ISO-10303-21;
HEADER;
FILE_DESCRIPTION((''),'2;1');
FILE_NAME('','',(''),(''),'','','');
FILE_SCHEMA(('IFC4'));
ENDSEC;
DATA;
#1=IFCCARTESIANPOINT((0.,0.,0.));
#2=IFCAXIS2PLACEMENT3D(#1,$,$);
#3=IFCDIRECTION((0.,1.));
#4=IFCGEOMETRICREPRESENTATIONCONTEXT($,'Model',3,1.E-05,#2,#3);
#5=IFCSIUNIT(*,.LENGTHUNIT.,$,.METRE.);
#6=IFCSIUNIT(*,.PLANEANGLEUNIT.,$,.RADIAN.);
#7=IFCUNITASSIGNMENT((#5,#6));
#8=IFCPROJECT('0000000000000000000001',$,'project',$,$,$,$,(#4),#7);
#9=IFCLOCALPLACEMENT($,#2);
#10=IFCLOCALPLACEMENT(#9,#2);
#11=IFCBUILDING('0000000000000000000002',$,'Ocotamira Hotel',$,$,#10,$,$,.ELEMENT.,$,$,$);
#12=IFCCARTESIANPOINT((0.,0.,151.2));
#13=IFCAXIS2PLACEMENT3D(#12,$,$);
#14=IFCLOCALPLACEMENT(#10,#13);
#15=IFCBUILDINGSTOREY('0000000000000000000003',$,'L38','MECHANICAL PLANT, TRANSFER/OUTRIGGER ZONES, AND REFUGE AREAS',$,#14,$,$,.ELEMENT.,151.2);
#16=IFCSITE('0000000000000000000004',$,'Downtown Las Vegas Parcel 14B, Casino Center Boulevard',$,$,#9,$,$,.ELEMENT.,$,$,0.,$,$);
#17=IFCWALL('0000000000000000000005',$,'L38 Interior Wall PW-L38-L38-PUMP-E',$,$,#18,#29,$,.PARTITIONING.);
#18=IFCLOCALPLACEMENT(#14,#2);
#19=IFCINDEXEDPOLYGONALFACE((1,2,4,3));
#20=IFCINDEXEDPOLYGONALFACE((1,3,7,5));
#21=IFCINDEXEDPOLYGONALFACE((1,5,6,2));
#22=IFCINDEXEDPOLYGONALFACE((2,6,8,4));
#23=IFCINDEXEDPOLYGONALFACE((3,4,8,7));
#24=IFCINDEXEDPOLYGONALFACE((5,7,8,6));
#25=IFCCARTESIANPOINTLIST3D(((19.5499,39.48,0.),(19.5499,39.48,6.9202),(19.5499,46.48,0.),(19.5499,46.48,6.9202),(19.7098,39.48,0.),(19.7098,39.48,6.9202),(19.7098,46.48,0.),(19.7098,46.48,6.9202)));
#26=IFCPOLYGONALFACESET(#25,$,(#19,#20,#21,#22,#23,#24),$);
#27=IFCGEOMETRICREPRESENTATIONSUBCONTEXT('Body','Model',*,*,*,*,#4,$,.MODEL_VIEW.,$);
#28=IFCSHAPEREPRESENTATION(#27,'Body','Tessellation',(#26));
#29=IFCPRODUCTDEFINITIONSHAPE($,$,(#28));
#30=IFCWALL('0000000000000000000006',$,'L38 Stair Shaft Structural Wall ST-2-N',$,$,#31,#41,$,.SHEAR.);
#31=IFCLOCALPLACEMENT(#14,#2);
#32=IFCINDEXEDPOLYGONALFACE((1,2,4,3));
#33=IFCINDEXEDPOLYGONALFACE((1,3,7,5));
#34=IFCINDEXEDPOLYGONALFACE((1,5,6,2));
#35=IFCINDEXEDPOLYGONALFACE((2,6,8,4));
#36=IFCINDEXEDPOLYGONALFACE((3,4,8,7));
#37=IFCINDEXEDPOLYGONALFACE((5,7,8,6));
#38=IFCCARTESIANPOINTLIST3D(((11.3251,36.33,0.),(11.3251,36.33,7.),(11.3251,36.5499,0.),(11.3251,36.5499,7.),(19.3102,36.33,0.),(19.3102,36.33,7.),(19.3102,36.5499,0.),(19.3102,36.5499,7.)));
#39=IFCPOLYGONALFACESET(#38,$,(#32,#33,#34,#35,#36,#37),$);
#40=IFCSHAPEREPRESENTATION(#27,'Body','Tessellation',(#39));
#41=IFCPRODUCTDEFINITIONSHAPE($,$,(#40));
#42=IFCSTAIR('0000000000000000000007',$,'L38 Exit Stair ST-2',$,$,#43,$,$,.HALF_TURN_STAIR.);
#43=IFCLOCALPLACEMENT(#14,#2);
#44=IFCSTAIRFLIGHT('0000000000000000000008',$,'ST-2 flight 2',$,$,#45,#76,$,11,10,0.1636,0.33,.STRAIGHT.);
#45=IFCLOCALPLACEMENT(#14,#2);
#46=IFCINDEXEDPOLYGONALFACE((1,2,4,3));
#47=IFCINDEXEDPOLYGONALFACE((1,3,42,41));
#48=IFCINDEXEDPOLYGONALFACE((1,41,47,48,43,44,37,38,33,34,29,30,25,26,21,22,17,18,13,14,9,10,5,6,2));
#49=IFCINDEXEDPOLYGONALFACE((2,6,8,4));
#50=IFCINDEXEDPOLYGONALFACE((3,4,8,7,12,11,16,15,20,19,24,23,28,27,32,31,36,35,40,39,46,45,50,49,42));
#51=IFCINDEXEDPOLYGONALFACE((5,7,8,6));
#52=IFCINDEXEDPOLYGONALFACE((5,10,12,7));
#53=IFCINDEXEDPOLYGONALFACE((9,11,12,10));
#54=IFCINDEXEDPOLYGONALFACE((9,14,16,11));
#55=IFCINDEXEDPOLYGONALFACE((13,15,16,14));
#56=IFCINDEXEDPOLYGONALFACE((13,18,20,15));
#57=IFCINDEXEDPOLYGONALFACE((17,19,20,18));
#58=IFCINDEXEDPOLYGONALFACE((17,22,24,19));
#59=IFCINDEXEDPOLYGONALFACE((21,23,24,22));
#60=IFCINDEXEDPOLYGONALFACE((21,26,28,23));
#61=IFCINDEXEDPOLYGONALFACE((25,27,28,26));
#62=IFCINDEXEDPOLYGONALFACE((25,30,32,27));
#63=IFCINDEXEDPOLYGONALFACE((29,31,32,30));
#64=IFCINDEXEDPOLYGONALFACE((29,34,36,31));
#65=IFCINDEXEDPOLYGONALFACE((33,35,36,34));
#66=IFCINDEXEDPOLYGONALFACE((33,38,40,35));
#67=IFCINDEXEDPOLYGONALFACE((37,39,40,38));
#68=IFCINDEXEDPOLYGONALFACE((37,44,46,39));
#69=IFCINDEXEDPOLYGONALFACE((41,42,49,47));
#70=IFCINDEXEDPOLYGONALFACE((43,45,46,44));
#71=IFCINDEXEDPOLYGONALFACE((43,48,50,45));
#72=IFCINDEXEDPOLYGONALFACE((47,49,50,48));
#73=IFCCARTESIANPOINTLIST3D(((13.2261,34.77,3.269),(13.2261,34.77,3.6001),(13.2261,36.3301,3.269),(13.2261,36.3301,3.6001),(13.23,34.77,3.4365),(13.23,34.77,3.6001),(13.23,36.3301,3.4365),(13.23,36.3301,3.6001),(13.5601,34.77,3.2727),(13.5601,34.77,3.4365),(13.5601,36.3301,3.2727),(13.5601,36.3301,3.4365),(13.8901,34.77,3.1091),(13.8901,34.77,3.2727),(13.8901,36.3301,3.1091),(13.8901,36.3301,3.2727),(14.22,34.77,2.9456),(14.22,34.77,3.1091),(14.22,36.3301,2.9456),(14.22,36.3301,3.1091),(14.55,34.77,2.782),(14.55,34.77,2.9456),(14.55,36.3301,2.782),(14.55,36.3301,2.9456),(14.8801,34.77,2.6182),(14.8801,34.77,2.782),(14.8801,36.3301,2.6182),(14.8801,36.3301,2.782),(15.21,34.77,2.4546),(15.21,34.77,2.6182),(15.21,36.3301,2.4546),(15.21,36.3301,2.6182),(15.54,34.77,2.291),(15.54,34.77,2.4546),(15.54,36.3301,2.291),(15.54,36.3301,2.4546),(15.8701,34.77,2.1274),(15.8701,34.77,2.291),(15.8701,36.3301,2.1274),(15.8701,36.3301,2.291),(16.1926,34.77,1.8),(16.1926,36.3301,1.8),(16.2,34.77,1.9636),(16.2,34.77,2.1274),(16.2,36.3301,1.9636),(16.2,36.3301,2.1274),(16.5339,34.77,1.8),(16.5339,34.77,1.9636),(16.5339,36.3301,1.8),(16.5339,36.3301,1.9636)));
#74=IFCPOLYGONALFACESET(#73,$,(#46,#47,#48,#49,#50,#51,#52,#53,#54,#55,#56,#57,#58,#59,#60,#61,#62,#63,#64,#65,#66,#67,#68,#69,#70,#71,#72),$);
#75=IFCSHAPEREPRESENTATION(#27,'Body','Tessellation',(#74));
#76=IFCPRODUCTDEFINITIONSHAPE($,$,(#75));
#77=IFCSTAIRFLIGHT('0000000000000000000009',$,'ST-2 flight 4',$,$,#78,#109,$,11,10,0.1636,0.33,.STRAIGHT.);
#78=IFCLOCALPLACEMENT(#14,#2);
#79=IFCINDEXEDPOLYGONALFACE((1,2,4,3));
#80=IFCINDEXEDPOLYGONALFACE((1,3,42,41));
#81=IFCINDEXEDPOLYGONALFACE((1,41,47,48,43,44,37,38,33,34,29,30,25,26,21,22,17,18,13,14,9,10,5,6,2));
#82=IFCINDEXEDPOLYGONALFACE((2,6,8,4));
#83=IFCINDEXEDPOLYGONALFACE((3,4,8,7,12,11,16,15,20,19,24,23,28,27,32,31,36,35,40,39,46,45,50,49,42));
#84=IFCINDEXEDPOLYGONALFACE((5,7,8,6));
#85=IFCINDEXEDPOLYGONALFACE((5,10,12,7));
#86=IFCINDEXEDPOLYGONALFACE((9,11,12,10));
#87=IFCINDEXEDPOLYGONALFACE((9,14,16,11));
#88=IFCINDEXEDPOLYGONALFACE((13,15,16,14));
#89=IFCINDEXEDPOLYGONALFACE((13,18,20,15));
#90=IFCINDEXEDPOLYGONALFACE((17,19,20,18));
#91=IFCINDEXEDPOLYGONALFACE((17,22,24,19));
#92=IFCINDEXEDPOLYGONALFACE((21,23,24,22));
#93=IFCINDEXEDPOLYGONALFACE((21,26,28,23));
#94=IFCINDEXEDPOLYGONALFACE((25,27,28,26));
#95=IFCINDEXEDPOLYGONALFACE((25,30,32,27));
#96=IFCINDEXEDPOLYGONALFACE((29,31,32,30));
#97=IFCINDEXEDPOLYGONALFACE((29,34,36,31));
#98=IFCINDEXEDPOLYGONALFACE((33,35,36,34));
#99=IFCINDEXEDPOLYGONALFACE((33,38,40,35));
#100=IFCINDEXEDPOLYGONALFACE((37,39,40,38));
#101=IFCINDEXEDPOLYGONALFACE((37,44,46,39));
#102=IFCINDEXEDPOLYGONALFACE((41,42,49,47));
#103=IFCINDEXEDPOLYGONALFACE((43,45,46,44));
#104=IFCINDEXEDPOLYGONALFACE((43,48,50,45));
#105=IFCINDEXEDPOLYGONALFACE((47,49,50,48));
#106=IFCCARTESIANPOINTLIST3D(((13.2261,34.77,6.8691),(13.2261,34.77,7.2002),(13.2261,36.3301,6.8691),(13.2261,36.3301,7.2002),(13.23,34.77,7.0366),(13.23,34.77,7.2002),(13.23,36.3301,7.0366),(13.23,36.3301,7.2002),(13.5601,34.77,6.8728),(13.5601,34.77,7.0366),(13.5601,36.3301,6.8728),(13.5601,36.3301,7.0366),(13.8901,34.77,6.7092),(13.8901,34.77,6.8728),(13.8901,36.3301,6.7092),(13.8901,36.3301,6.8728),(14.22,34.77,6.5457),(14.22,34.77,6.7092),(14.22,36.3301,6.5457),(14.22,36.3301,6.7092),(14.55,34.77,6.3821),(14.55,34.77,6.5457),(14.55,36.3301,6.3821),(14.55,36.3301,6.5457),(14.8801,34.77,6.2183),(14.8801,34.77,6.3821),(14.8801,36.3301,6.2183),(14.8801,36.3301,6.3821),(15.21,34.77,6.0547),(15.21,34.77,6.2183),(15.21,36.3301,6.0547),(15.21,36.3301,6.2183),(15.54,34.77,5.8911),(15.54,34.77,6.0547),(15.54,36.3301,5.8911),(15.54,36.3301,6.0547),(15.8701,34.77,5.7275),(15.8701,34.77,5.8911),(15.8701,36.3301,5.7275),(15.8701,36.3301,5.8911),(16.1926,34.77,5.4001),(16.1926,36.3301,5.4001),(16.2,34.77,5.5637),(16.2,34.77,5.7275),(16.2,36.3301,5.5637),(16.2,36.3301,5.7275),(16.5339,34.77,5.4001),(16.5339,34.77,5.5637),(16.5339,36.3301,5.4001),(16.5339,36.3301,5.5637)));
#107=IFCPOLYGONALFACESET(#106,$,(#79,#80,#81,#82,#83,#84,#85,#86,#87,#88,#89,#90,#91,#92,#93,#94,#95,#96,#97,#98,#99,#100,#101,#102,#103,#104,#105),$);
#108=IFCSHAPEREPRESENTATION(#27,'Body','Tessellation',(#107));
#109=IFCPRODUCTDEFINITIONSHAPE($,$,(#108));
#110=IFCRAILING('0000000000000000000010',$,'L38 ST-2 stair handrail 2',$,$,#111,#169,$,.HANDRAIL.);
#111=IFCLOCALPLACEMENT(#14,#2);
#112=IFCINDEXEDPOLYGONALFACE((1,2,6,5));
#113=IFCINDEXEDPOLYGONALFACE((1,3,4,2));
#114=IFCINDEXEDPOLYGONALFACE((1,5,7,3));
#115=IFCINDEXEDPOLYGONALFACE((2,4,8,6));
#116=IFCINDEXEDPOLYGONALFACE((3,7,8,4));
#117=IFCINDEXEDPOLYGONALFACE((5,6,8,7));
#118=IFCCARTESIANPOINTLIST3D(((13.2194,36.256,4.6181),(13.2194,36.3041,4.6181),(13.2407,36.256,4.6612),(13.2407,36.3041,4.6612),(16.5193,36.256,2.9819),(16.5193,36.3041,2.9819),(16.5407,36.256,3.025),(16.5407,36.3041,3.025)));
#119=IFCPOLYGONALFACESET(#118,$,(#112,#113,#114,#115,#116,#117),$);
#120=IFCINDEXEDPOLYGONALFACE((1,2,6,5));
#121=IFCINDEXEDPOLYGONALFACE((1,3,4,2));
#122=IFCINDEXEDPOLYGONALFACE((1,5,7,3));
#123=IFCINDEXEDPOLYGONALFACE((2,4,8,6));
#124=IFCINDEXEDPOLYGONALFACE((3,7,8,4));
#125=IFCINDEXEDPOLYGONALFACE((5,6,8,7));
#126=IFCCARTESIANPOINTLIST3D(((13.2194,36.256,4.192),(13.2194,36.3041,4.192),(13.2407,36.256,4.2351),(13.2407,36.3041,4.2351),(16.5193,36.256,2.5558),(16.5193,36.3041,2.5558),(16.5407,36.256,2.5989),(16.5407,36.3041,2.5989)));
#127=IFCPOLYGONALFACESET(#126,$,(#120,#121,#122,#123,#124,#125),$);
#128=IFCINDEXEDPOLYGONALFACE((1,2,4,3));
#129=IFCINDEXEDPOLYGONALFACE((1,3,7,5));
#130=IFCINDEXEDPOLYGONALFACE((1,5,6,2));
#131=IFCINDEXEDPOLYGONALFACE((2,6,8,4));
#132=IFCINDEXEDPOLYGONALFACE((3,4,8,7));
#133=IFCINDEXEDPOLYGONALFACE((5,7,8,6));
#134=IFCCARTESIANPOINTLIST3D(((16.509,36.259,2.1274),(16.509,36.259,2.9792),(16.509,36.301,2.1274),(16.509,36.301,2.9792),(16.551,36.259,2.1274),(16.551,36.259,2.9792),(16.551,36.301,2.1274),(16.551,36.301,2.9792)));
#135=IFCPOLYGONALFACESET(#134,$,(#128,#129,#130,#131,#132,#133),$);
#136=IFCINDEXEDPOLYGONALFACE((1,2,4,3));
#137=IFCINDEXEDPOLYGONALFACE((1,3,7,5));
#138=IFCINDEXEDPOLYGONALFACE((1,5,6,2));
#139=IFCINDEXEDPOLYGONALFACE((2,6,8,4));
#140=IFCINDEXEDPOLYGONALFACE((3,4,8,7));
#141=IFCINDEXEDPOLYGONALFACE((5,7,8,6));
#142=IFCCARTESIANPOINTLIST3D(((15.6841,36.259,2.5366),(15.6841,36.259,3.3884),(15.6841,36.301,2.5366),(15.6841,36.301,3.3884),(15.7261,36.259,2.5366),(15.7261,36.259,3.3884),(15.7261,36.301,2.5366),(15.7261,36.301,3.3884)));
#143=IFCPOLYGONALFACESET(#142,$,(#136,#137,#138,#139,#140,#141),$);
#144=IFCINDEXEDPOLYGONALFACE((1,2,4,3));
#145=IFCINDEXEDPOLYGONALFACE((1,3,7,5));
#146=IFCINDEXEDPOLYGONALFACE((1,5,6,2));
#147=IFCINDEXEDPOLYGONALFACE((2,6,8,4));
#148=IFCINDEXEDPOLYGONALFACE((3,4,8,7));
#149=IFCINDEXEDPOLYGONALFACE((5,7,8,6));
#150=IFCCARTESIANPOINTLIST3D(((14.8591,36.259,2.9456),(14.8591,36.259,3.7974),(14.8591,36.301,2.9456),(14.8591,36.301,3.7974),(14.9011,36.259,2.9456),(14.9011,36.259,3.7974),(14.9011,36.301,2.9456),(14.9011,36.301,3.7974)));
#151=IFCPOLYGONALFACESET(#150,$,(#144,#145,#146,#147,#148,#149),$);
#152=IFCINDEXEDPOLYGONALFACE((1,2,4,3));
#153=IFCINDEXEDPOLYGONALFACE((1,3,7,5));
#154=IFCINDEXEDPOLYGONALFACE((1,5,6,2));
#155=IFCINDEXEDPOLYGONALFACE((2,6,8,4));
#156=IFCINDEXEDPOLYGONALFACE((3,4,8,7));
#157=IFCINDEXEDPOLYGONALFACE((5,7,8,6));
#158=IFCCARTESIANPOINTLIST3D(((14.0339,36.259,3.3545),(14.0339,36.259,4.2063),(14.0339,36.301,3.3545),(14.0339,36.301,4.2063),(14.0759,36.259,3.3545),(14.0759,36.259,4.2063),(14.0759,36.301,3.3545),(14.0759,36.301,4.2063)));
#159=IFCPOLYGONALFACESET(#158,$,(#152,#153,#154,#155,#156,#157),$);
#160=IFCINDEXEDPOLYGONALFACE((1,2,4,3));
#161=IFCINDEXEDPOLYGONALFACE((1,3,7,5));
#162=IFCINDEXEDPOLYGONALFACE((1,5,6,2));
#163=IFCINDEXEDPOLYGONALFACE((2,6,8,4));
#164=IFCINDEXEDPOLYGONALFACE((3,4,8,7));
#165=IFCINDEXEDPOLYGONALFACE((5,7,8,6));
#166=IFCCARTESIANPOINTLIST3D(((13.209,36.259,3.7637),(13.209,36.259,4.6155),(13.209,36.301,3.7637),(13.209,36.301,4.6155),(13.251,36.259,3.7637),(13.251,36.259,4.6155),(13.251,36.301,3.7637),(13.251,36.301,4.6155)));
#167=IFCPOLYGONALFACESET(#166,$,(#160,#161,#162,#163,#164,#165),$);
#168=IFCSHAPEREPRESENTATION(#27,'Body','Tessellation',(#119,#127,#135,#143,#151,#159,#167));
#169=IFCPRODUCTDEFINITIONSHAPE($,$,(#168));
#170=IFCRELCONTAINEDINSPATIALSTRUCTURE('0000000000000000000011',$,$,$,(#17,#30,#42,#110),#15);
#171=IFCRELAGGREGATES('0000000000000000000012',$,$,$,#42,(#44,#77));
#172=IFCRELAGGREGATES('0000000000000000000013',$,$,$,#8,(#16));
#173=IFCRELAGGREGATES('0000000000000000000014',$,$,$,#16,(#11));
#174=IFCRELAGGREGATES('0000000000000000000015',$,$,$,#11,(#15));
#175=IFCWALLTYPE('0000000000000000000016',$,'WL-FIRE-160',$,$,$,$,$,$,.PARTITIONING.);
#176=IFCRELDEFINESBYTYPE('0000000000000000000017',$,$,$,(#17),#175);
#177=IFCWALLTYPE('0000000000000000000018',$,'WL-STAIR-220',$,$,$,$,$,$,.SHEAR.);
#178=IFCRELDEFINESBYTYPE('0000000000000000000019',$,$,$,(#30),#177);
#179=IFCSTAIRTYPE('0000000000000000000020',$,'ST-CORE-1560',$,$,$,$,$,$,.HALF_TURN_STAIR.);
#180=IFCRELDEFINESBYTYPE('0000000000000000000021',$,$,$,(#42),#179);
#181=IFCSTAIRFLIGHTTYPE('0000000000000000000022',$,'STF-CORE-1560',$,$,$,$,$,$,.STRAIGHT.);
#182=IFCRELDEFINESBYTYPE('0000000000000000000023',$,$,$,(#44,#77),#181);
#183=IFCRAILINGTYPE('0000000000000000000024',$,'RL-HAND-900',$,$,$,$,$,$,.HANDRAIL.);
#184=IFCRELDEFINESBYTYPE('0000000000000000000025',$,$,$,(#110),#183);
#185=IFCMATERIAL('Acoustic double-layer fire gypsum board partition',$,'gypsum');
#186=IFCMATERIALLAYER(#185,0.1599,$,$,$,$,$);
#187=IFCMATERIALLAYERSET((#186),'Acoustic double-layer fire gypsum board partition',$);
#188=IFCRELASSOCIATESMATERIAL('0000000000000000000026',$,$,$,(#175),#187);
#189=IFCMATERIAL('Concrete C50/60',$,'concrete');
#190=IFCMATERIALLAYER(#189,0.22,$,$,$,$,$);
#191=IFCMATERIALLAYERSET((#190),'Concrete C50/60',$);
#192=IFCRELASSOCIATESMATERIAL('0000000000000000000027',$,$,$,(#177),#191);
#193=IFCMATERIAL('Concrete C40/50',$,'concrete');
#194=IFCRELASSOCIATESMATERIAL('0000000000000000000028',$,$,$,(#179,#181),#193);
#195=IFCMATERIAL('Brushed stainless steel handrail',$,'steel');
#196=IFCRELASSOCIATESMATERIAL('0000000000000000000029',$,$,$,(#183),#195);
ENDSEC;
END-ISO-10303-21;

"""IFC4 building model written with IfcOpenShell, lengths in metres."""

from ifc_helpers import new_model, si_unit, direction, frame, frame_2d, origin, origin_2d, place, context, subcontext, project, spatial, polyline, rectangle, outline, extrude, source, transform, mapped, material, layer, layer_set, type_object, element, aggregate, save


model = new_model("IFC4")

# Units and contexts
model_context = context("Model", 3, precision=1e-05, world=origin(), true_north=direction((0.0, 1.0)))
body_context = subcontext(model_context, "Body", "Model", "MODEL_VIEW")
ifc_project = project(units=[si_unit("LENGTHUNIT", "METRE"), si_unit("PLANEANGLEUNIT", "RADIAN")], contexts=[model_context])

# Site, building, storey
site_placement = place(None, origin())
site = spatial("IfcSite", under=ifc_project, at=site_placement, Name="Downtown Las Vegas Parcel 14B, Casino Center Boulevard", CompositionType="ELEMENT", RefElevation=0.0)
building_placement = place(site_placement, origin())
building = spatial("IfcBuilding", under=site, at=building_placement, Name="Ocotamira Hotel", CompositionType="ELEMENT")
storey_placement = place(building_placement, frame((0.0, 0.0, 151.2)))
storey = spatial("IfcBuildingStorey", under=building, at=storey_placement, Name="L38", Description="MECHANICAL PLANT, TRANSFER/OUTRIGGER ZONES, AND REFUGE AREAS", CompositionType="ELEMENT", Elevation=151.2)

# Shared definitions
ifc_material_1 = material(Name="Acoustic double-layer fire gypsum board partition", Category="gypsum")
ifc_layer_1 = layer(ifc_material_1, 0.1599)
ifc_layer_set_1 = layer_set([ifc_layer_1], Name="Acoustic double-layer fire gypsum board partition")
wall_type_1 = type_object("IfcWallType", Name="WL-FIRE-160", PredefinedType="PARTITIONING", material=ifc_layer_set_1)

# Walls
for number, where, z_axis, x_axis, name in (
    (1, (19.6299, 39.48, 0.0), (0.0, 0.0, 1.0), (0.0, 1.0, 0.0), "L38 Interior Wall PW-L38-L38-PUMP-E"),
):
    element("IfcWall", number, at=place(storey_placement, frame(where, z_axis=z_axis, x_axis=x_axis)), inside=storey, type_object=wall_type_1, Name=name, PredefinedType="PARTITIONING", context=body_context, shape_type="SweptSolid", body=[
        extrude(rectangle(XDim=7.0, YDim=0.1599, at=frame_2d((3.5, 0.0))), origin(), (0.0, 0.0, 1.0), 6.9202),
    ])
ifc_material_2 = material(Name="Concrete C50/60", Category="concrete")
ifc_layer_2 = layer(ifc_material_2, 0.22)
ifc_layer_set_2 = layer_set([ifc_layer_2], Name="Concrete C50/60")
wall_type_2 = type_object("IfcWallType", Name="WL-STAIR-220", PredefinedType="SHEAR", material=ifc_layer_set_2)
wall_1_placement = place(storey_placement, frame((11.325, 36.4399, 0.0), z_axis=(0.0, 0.0, 1.0), x_axis=(1.0, 0.0, 0.0)))
element("IfcWall", 2, at=wall_1_placement, inside=storey, type_object=wall_type_2, Name="L38 Stair Shaft Structural Wall ST-2-N", PredefinedType="SHEAR", context=body_context, shape_type="SweptSolid", body=[
    extrude(rectangle(XDim=7.9851, YDim=0.22, at=frame_2d((3.9927, 0.0))), origin(), (0.0, 0.0, 1.0), 7.0),
])

# Stair, stair flights
ifc_material_3 = material(Name="Concrete C40/50", Category="concrete")
stair_type = type_object("IfcStairType", Name="ST-CORE-1560", PredefinedType="HALF_TURN_STAIR", material=ifc_material_3)
stair_placement = place(storey_placement, origin())
stair = element("IfcStair", 3, at=stair_placement, inside=storey, type_object=stair_type, Name="L38 Exit Stair ST-2", PredefinedType="HALF_TURN_STAIR")
stair_flight_type = type_object("IfcStairFlightType", Name="STF-CORE-1560", PredefinedType="STRAIGHT", material=ifc_material_3)
shared_shape_1 = source(origin(), body_context, "Body", "SweptSolid", [
    extrude(outline(polyline([(-0.0039, 0.0), (-0.0039, 0.1636), (0.3301, 0.1636), (0.3301, 0.3274), (0.6599, 0.3274), (0.6599, 0.491), (0.99, 0.491), (0.99, 0.6545), (1.3201, 0.6545), (1.3201, 0.8181), (1.6499, 0.8181), (1.6499, 0.9819), (1.98, 0.9819), (1.98, 1.1455), (2.3101, 1.1455), (2.3101, 1.3091), (2.6399, 1.3091), (2.6399, 1.4727), (2.97, 1.4727), (2.97, 1.6365), (3.3, 1.6365), (3.3, 1.8), (3.304, 1.8), (3.304, 1.469), (0.3374, 0.0), (-0.0039, 0.0)])), frame((0.0, 0.78, 0.0), z_axis=(0.0, -1.0, 0.0), x_axis=(1.0, 0.0, 0.0)), (0.0, 0.0, 1.0), 1.5601),
])
stair_flight_1_placement = place(storey_placement, frame((16.53, 35.55, 1.8), z_axis=(0.0, 0.0, 1.0), x_axis=(-1.0, 0.0, 0.0)))
stair_flight_1 = element("IfcStairFlight", 4, at=stair_flight_1_placement, type_object=stair_flight_type, Name="ST-2 flight 2", NumberOfRisers=11, NumberOfTreads=10, PredefinedType="STRAIGHT", RiserHeight=0.1636, TreadLength=0.33, context=body_context, shape_type="MappedRepresentation", body=[
    mapped(shared_shape_1, transform((0.0, 0.0, 0.0), scale=1.0)),
])
stair_flight_2_placement = place(storey_placement, frame((16.53, 35.55, 5.4001), z_axis=(0.0, 0.0, 1.0), x_axis=(-1.0, 0.0, 0.0)))
stair_flight_2 = element("IfcStairFlight", 5, at=stair_flight_2_placement, type_object=stair_flight_type, Name="ST-2 flight 4", NumberOfRisers=11, NumberOfTreads=10, PredefinedType="STRAIGHT", RiserHeight=0.1636, TreadLength=0.33, context=body_context, shape_type="MappedRepresentation", body=[
    mapped(shared_shape_1, transform((0.0, 0.0, 0.0), scale=1.0)),
])
aggregate(stair, [stair_flight_1, stair_flight_2])

# Railing
ifc_material_4 = material(Name="Brushed stainless steel handrail", Category="steel")
railing_type_1 = type_object("IfcRailingType", Name="RL-HAND-900", PredefinedType="HANDRAIL", material=ifc_material_4)
railing_1_placement = place(storey_placement, frame((16.53, 36.28, 2.1274)))
element("IfcRailing", 6, at=railing_1_placement, inside=storey, type_object=railing_type_1, Name="L38 ST-2 stair handrail 2", PredefinedType="HANDRAIL", context=body_context, shape_type="SweptSolid", body=[
    extrude(rectangle(XDim=0.0481, YDim=0.0481, at=origin_2d()), frame((0.0, 0.0, 0.876), z_axis=(-0.89592, 0.0, 0.444215), x_axis=(0.0, -1.0, 0.0)), (0.0, 0.0, 1.0), 3.6833),
    extrude(rectangle(XDim=0.0481, YDim=0.0481, at=origin_2d()), frame((0.0, 0.0, 0.45), z_axis=(-0.89592, 0.0, 0.444215), x_axis=(0.0, -1.0, 0.0)), (0.0, 0.0, 1.0), 3.6833),
    extrude(rectangle(XDim=0.042, YDim=0.042, at=origin_2d()), origin(), (0.0, 0.0, 1.0), 0.8518),
    extrude(rectangle(XDim=0.042, YDim=0.042, at=origin_2d()), frame((-0.825, 0.0, 0.4092)), (0.0, 0.0, 1.0), 0.8518),
    extrude(rectangle(XDim=0.042, YDim=0.042, at=origin_2d()), frame((-1.6499, 0.0, 0.8181)), (0.0, 0.0, 1.0), 0.8518),
    extrude(rectangle(XDim=0.042, YDim=0.042, at=origin_2d()), frame((-2.4751, 0.0, 1.2271)), (0.0, 0.0, 1.0), 0.8518),
    extrude(rectangle(XDim=0.042, YDim=0.042, at=origin_2d()), frame((-3.3, 0.0, 1.6362)), (0.0, 0.0, 1.0), 0.8518),
])

save(model, "model.ifc")
